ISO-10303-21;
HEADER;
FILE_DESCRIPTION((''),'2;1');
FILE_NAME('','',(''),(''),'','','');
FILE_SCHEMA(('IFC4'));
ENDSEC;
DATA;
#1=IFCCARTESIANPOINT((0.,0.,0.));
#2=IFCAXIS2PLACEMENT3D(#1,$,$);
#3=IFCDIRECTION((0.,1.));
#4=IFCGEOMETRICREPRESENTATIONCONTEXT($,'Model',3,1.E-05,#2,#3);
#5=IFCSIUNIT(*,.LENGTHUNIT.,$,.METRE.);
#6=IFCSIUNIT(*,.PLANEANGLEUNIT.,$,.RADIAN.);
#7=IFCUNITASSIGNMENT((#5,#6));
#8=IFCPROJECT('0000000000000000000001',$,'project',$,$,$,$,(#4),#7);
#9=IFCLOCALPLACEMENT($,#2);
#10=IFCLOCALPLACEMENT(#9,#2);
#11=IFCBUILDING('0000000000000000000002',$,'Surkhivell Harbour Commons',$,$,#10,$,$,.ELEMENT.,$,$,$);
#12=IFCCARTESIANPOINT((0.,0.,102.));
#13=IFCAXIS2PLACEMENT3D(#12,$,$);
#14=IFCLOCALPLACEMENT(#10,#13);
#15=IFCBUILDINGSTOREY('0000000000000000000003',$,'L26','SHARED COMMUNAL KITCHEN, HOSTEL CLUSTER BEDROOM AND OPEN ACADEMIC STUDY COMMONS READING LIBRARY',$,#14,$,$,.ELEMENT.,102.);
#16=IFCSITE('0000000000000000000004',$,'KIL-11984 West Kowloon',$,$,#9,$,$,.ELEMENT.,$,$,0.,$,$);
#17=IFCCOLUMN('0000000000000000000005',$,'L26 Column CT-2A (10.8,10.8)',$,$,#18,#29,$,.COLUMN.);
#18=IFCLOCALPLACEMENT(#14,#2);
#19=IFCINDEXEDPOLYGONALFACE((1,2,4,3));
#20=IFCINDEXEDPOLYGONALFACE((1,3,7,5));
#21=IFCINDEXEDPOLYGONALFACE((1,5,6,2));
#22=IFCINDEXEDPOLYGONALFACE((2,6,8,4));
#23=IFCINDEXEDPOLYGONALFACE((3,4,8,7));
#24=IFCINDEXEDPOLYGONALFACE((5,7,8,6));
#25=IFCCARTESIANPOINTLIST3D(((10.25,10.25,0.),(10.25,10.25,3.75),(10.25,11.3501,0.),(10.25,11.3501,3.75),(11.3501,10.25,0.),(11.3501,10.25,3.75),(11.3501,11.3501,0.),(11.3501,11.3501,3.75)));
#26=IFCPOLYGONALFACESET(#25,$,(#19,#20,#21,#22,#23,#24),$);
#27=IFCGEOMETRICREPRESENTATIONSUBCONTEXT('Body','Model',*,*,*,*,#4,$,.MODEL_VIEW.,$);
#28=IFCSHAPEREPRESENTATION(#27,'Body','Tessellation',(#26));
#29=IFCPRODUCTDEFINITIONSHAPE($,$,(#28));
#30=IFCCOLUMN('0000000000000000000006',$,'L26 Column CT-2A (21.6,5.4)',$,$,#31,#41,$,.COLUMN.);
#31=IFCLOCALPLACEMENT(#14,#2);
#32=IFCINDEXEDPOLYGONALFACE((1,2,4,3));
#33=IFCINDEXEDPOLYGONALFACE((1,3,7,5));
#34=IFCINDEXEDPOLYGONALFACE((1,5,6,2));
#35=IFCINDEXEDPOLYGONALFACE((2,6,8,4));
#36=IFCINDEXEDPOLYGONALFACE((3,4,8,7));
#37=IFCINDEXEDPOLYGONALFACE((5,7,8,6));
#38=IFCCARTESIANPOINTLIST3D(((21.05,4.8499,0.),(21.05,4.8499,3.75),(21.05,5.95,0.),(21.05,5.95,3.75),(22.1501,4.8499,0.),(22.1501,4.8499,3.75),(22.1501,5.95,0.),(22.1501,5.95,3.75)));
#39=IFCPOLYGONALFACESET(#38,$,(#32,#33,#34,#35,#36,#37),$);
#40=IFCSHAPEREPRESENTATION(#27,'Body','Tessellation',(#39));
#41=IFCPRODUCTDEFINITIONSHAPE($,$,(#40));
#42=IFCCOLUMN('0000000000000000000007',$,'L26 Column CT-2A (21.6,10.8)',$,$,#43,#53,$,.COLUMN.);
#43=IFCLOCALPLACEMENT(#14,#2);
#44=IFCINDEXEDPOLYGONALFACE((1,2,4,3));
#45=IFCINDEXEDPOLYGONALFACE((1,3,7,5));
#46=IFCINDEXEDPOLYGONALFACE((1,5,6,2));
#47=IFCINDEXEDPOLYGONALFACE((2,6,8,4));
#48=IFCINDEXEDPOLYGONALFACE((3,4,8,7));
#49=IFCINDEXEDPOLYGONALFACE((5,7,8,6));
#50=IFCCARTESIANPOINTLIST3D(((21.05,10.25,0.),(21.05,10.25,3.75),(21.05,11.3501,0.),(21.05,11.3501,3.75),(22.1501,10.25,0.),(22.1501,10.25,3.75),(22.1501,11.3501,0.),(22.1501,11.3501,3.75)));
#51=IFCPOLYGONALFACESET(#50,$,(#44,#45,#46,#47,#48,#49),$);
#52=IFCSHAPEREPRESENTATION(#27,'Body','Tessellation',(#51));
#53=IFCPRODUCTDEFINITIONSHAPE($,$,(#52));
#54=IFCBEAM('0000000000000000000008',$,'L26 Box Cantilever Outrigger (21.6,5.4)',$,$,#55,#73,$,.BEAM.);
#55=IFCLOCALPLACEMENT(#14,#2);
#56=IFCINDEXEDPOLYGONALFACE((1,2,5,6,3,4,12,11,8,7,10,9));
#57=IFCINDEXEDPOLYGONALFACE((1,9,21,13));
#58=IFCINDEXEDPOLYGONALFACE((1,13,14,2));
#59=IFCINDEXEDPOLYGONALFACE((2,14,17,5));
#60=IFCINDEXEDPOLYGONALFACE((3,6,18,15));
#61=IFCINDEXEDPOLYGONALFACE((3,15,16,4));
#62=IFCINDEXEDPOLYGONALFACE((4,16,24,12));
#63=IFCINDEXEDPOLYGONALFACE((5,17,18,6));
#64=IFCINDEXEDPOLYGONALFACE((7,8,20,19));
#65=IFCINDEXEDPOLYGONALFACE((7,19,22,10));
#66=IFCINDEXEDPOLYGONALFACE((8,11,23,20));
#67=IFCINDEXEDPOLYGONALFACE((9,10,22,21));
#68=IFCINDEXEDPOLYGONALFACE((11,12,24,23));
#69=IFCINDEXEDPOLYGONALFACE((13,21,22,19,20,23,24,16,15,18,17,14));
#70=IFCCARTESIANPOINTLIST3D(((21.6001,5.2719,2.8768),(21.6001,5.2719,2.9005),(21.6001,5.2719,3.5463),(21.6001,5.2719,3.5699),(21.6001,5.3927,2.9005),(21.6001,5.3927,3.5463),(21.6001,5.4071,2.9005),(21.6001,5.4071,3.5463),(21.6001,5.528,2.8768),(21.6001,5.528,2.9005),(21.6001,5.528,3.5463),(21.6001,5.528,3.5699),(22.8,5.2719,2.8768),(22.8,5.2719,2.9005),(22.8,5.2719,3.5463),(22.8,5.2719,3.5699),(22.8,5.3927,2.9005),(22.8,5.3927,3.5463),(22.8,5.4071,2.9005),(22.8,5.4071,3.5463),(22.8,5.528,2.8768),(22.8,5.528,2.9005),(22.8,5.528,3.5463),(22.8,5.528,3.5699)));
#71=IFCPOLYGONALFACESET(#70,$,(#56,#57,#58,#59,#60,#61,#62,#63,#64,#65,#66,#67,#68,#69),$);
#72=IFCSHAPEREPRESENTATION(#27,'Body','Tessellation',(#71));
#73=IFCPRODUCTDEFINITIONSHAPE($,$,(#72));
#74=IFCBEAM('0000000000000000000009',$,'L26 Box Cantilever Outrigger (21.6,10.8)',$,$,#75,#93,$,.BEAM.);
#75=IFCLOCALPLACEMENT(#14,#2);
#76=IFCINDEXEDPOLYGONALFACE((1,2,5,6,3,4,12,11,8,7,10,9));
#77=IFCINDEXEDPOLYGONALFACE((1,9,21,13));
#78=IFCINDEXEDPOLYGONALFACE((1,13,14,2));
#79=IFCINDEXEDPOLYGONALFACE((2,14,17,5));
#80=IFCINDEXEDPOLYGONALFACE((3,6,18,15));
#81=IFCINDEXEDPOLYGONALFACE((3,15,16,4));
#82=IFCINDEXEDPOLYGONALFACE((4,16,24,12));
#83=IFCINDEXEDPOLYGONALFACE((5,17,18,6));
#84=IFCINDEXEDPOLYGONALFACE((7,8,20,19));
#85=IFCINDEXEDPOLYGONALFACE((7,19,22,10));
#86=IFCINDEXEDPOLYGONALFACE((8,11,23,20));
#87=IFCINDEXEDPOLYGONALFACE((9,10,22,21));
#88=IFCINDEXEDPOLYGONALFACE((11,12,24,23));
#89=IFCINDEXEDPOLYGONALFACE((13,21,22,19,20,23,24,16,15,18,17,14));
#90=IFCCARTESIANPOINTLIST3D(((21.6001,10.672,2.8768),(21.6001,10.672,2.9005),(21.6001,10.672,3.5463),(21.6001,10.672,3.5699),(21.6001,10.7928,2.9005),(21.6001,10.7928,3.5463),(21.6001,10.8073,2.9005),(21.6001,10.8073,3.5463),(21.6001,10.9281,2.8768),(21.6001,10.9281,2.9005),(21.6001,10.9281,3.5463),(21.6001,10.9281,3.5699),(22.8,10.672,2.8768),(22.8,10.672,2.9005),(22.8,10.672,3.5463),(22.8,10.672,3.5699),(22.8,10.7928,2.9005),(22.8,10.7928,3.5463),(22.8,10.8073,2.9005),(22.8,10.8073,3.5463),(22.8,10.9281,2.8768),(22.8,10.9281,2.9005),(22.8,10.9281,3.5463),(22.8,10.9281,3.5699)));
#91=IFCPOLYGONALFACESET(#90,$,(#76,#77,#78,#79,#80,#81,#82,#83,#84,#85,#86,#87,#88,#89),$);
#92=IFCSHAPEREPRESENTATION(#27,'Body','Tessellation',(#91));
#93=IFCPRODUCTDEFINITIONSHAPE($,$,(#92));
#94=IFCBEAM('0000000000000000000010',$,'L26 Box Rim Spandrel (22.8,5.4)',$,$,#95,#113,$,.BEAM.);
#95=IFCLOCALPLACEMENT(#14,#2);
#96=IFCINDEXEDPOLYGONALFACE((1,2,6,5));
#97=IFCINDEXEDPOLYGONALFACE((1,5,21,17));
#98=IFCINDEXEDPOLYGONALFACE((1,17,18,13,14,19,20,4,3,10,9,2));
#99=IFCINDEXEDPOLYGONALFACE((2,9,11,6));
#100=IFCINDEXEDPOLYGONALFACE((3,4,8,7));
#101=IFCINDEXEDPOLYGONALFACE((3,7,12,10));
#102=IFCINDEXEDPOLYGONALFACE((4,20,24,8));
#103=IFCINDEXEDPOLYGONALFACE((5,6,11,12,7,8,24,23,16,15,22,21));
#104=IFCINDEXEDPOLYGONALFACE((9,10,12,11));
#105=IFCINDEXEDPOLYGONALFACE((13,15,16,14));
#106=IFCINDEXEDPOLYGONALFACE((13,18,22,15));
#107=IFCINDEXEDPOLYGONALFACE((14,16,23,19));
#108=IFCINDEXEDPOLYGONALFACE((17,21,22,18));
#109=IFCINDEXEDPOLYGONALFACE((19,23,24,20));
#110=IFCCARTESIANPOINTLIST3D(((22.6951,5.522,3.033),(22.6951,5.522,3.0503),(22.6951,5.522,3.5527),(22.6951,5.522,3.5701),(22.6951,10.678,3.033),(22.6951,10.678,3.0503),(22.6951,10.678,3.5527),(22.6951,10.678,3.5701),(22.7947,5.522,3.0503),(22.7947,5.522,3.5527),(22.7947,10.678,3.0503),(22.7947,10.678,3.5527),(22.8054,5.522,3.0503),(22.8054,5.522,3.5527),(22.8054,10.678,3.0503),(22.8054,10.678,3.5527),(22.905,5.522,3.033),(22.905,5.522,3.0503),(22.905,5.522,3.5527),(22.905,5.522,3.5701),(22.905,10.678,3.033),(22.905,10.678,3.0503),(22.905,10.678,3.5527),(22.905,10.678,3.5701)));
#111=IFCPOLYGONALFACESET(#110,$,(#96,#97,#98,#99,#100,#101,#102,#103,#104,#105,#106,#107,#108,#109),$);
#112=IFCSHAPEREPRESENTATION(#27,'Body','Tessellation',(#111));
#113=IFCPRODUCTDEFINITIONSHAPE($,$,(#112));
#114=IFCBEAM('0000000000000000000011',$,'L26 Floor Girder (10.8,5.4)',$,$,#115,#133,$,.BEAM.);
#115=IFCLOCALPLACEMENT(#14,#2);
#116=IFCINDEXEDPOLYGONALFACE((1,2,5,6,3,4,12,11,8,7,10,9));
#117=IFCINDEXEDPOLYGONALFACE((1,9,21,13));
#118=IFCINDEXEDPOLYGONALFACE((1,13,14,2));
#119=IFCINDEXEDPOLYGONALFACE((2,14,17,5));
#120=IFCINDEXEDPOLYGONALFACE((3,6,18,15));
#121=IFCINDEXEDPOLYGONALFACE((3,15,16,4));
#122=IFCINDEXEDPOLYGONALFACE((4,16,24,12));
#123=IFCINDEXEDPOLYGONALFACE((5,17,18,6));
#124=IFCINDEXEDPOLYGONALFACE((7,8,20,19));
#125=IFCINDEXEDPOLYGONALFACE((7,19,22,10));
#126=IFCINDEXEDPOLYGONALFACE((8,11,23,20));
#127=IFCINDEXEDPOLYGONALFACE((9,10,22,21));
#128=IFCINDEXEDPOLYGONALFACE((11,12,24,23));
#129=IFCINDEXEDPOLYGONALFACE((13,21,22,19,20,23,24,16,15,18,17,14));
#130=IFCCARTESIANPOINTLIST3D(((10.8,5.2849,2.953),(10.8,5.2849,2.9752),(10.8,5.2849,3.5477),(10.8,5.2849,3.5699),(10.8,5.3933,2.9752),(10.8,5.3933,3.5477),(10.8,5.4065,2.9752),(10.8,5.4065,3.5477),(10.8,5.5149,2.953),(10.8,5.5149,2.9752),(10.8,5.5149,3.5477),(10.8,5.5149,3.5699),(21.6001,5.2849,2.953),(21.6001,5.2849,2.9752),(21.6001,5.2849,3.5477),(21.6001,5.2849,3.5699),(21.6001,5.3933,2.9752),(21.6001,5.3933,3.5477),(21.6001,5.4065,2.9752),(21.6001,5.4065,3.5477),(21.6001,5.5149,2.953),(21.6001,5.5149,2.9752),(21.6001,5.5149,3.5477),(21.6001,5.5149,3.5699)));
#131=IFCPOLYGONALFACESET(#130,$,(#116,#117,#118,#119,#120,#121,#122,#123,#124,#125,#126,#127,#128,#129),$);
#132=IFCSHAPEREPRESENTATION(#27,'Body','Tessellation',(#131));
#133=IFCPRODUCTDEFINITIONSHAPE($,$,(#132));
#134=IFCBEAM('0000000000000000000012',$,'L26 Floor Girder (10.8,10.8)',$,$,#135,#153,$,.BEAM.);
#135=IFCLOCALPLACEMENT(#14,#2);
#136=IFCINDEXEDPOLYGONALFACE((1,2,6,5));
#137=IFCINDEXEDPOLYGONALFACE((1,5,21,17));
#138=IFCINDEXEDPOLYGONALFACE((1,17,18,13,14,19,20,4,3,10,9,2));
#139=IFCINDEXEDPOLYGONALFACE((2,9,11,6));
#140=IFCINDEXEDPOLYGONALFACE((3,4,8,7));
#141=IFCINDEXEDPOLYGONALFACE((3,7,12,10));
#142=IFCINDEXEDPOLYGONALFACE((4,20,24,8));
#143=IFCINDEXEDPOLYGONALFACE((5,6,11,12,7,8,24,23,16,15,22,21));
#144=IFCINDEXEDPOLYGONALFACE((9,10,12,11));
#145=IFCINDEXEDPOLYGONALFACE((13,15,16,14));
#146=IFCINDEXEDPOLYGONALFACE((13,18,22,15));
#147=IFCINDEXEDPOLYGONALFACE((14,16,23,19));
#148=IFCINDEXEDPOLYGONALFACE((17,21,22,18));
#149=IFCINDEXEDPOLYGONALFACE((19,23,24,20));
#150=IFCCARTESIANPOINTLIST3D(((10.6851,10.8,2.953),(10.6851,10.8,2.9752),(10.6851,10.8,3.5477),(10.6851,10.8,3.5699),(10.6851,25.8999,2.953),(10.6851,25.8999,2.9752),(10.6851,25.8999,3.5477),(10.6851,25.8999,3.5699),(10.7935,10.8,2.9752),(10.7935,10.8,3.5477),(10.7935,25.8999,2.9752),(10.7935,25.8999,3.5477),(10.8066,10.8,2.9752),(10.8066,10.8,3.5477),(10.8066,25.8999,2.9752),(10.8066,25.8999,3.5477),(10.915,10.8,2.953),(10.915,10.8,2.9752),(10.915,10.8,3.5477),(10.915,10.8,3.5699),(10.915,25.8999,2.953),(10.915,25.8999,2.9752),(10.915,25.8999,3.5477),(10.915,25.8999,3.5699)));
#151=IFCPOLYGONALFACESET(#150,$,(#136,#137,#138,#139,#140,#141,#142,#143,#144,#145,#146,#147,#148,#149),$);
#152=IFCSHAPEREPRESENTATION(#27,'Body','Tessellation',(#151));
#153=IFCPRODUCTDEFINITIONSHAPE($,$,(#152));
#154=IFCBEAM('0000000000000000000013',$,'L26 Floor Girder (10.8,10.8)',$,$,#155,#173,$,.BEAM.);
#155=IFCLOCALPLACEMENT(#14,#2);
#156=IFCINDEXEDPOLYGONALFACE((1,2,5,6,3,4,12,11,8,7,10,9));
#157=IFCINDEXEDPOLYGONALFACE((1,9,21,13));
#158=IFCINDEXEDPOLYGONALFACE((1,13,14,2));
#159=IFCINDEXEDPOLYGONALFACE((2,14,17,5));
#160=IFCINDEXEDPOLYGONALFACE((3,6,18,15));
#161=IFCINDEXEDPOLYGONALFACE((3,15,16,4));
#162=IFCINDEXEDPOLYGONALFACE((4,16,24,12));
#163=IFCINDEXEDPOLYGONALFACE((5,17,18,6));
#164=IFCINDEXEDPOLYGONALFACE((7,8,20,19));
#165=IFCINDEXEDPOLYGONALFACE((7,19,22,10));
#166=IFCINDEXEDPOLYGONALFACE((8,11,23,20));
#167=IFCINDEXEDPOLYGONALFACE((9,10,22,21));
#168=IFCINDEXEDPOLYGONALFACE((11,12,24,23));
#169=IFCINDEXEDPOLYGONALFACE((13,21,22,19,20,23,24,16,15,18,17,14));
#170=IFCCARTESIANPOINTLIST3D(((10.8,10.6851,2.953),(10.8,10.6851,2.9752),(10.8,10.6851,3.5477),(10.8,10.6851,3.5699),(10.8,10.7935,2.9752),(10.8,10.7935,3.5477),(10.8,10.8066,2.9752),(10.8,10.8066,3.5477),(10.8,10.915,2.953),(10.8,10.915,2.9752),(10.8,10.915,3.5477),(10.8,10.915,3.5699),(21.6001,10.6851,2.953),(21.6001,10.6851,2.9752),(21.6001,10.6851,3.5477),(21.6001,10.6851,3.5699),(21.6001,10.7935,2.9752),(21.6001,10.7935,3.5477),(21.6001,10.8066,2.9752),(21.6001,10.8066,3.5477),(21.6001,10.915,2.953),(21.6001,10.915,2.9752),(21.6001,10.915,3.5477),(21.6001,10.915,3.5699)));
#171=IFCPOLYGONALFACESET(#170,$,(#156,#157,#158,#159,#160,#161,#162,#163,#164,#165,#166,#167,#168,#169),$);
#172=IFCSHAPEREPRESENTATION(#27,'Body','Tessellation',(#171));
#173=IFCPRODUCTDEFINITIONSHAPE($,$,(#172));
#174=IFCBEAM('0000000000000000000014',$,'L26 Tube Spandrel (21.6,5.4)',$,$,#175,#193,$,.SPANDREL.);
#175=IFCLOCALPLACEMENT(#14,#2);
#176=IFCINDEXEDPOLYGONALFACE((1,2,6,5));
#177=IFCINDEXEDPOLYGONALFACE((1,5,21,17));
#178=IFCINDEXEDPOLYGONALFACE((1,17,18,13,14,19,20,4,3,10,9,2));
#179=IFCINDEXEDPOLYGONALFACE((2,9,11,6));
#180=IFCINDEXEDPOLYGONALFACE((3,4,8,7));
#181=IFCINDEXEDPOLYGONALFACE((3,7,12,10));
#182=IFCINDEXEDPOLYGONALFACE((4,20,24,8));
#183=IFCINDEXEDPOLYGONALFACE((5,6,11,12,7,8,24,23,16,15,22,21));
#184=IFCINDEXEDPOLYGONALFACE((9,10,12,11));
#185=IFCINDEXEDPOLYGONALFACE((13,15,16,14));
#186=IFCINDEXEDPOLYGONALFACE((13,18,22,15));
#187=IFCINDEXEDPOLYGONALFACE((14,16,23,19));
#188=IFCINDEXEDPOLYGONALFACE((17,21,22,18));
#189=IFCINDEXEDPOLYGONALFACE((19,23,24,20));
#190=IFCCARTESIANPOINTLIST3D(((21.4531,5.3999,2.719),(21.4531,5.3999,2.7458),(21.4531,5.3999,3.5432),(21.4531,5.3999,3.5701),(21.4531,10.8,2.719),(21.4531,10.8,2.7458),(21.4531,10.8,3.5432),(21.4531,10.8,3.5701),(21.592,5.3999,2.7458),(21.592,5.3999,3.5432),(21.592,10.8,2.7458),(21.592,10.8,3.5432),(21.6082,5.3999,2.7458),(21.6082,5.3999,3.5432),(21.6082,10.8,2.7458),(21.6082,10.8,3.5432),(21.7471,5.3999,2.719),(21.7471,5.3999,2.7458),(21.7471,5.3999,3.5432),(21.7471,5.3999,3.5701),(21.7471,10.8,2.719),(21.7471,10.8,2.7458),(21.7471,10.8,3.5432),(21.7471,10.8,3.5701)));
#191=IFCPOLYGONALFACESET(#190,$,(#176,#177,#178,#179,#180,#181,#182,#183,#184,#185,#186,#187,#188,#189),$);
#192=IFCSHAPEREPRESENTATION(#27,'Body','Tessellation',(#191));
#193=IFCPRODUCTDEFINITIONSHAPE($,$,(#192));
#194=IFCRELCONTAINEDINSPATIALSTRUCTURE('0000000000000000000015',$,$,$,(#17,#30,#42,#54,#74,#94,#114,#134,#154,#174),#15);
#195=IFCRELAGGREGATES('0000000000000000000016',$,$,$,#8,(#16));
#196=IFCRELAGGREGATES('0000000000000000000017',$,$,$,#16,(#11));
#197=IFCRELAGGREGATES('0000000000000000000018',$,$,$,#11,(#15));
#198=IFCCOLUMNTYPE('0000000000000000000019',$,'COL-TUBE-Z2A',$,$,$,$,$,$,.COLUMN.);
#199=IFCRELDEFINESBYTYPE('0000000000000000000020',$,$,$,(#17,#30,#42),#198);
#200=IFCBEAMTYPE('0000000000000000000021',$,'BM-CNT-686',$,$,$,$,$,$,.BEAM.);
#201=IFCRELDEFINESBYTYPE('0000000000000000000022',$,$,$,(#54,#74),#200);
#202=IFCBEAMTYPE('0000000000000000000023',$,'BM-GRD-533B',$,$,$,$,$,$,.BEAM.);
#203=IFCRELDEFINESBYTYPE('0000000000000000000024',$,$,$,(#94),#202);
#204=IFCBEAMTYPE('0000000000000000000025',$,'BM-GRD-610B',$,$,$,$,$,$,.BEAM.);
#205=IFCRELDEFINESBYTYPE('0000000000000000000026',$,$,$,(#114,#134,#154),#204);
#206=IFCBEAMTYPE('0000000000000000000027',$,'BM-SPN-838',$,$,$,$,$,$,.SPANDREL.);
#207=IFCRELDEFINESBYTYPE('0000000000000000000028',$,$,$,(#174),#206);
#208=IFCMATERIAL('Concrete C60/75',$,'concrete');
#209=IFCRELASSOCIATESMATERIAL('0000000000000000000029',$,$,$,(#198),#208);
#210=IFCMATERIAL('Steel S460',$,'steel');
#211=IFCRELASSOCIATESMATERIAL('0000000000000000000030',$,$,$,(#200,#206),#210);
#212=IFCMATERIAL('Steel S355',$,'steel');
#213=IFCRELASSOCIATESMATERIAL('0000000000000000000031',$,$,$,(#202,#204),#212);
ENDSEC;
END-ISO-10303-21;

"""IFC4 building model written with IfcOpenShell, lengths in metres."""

from ifc_helpers import new_model, si_unit, direction, frame, origin, origin_2d, place, context, subcontext, project, spatial, rectangle, i_section, extrude, material, material_profile, profile_set, type_object, element, save


model = new_model("IFC4")

# Units and contexts
model_context = context("Model", 3, precision=1e-05, world=origin(), true_north=direction((0.0, 1.0)))
body_context = subcontext(model_context, "Body", "Model", "MODEL_VIEW")
ifc_project = project(units=[si_unit("LENGTHUNIT", "METRE"), si_unit("PLANEANGLEUNIT", "RADIAN")], contexts=[model_context])

# Site, building, storey
site_placement = place(None, origin())
site = spatial("IfcSite", under=ifc_project, at=site_placement, Name="KIL-11984 West Kowloon", CompositionType="ELEMENT", RefElevation=0.0)
building_placement = place(site_placement, origin())
building = spatial("IfcBuilding", under=site, at=building_placement, Name="Surkhivell Harbour Commons", CompositionType="ELEMENT")
storey_placement = place(building_placement, frame((0.0, 0.0, 102.0)))
storey = spatial("IfcBuildingStorey", under=building, at=storey_placement, Name="L26", Description="SHARED COMMUNAL KITCHEN, HOSTEL CLUSTER BEDROOM AND OPEN ACADEMIC STUDY COMMONS READING LIBRARY", CompositionType="ELEMENT", Elevation=102.0)

# Columns
ifc_material_1 = material(Name="Concrete C60/75", Category="concrete")
ifc_material_profile_1 = material_profile(ifc_material_1, rectangle(XDim=1.1001, YDim=1.1001, at=origin_2d()), Name="RC-COL-1100x1100")
ifc_profile_set_1 = profile_set([ifc_material_profile_1], Name="Concrete C60/75")
column_type = type_object("IfcColumnType", Name="COL-TUBE-Z2A", PredefinedType="COLUMN", material=ifc_profile_set_1)
for number, where, z_axis, x_axis, name in (
    (1, (10.8, 10.8, 0.0), (0.0, 0.0, 1.0), (1.0, 0.0, 0.0), "L26 Column CT-2A (10.8,10.8)"),
    (2, (21.6001, 5.3999, 0.0), (0.0, 0.0, 1.0), (1.0, 0.0, 0.0), "L26 Column CT-2A (21.6,5.4)"),
    (3, (21.6001, 10.8, 0.0), (0.0, 0.0, 1.0), (1.0, 0.0, 0.0), "L26 Column CT-2A (21.6,10.8)"),
):
    element("IfcColumn", number, at=place(storey_placement, frame(where, z_axis=z_axis, x_axis=x_axis)), inside=storey, type_object=column_type, Name=name, PredefinedType="COLUMN", context=body_context, shape_type="SweptSolid", body=[
        extrude(rectangle(XDim=1.1001, YDim=1.1001, at=origin_2d()), origin(), (0.0, 0.0, 1.0), 3.75),
    ])

# Beams
ifc_material_2 = material(Name="Steel S460", Category="steel")
ifc_material_profile_2 = material_profile(ifc_material_2, i_section(OverallWidth=0.2561, OverallDepth=0.6931, WebThickness=0.0144, FlangeThickness=0.0237, at=origin_2d()), Name="UB686x254x170")
ifc_profile_set_2 = profile_set([ifc_material_profile_2], Name="Steel S460")
beam_type_1 = type_object("IfcBeamType", Name="BM-CNT-686", PredefinedType="BEAM", material=ifc_profile_set_2)
for number, where, z_axis, x_axis, name in (
    (4, (21.6001, 5.3999, 3.2234), (1.0, 0.0, 0.0), (0.0, 1.0, 0.0), "L26 Box Cantilever Outrigger (21.6,5.4)"),
    (5, (21.6001, 10.8, 3.2234), (1.0, 0.0, 0.0), (0.0, 1.0, 0.0), "L26 Box Cantilever Outrigger (21.6,10.8)"),
):
    element("IfcBeam", number, at=place(storey_placement, frame(where, z_axis=z_axis, x_axis=x_axis)), inside=storey, type_object=beam_type_1, Name=name, PredefinedType="BEAM", context=body_context, shape_type="SweptSolid", body=[
        extrude(i_section(OverallWidth=0.2561, OverallDepth=0.6931, WebThickness=0.0144, FlangeThickness=0.0237, at=origin_2d()), origin(), (0.0, 0.0, 1.0), 1.2),
    ])
ifc_material_3 = material(Name="Steel S355", Category="steel")
ifc_material_profile_3 = material_profile(ifc_material_3, i_section(OverallWidth=0.21, OverallDepth=0.5371, WebThickness=0.0107, FlangeThickness=0.0173, at=origin_2d()), Name="UB533x210x101")
ifc_profile_set_3 = profile_set([ifc_material_profile_3], Name="Steel S355")
beam_type_2 = type_object("IfcBeamType", Name="BM-GRD-533B", PredefinedType="BEAM", material=ifc_profile_set_3)
beam_1_placement = place(storey_placement, frame((22.8, 5.522, 3.3015), z_axis=(0.0, 1.0, 0.0), x_axis=(-1.0, 0.0, 0.0)))
element("IfcBeam", 6, at=beam_1_placement, inside=storey, type_object=beam_type_2, Name="L26 Box Rim Spandrel (22.8,5.4)", PredefinedType="BEAM", context=body_context, shape_type="SweptSolid", body=[
    extrude(i_section(OverallWidth=0.21, OverallDepth=0.5371, WebThickness=0.0107, FlangeThickness=0.0173, at=origin_2d()), origin(), (0.0, 0.0, 1.0), 5.156),
])
ifc_material_profile_4 = material_profile(ifc_material_3, i_section(OverallWidth=0.23, OverallDepth=0.6169, WebThickness=0.0132, FlangeThickness=0.0222, at=origin_2d()), Name="UB610x229x140")
ifc_profile_set_4 = profile_set([ifc_material_profile_4], Name="Steel S355")
beam_type_3 = type_object("IfcBeamType", Name="BM-GRD-610B", PredefinedType="BEAM", material=ifc_profile_set_4)
beam_2_placement = place(storey_placement, frame((10.8, 5.3999, 3.2615), z_axis=(1.0, 0.0, 0.0), x_axis=(0.0, 1.0, 0.0)))
element("IfcBeam", 7, at=beam_2_placement, inside=storey, type_object=beam_type_3, Name="L26 Floor Girder (10.8,5.4)", PredefinedType="BEAM", context=body_context, shape_type="SweptSolid", body=[
    extrude(i_section(OverallWidth=0.23, OverallDepth=0.6169, WebThickness=0.0132, FlangeThickness=0.0222, at=origin_2d()), origin(), (0.0, 0.0, 1.0), 10.8),
])
beam_3_placement = place(storey_placement, frame((10.8, 10.8, 3.2615), z_axis=(0.0, 1.0, 0.0), x_axis=(-1.0, 0.0, 0.0)))
element("IfcBeam", 8, at=beam_3_placement, inside=storey, type_object=beam_type_3, Name="L26 Floor Girder (10.8,10.8)", PredefinedType="BEAM", context=body_context, shape_type="SweptSolid", body=[
    extrude(i_section(OverallWidth=0.23, OverallDepth=0.6169, WebThickness=0.0132, FlangeThickness=0.0222, at=origin_2d()), origin(), (0.0, 0.0, 1.0), 15.0999),
])
beam_4_placement = place(storey_placement, frame((10.8, 10.8, 3.2615), z_axis=(1.0, 0.0, 0.0), x_axis=(0.0, 1.0, 0.0)))
element("IfcBeam", 9, at=beam_4_placement, inside=storey, type_object=beam_type_3, Name="L26 Floor Girder (10.8,10.8)", PredefinedType="BEAM", context=body_context, shape_type="SweptSolid", body=[
    extrude(i_section(OverallWidth=0.23, OverallDepth=0.6169, WebThickness=0.0132, FlangeThickness=0.0222, at=origin_2d()), origin(), (0.0, 0.0, 1.0), 10.8),
])
ifc_material_profile_5 = material_profile(ifc_material_2, i_section(OverallWidth=0.2939, OverallDepth=0.8511, WebThickness=0.0161, FlangeThickness=0.0269, at=origin_2d()), Name="UB838x292x226")
ifc_profile_set_5 = profile_set([ifc_material_profile_5], Name="Steel S460")
beam_type_4 = type_object("IfcBeamType", Name="BM-SPN-838", PredefinedType="SPANDREL", material=ifc_profile_set_5)
beam_5_placement = place(storey_placement, frame((21.6001, 5.3999, 3.1445), z_axis=(0.0, 1.0, 0.0), x_axis=(-1.0, 0.0, 0.0)))
element("IfcBeam", 10, at=beam_5_placement, inside=storey, type_object=beam_type_4, Name="L26 Tube Spandrel (21.6,5.4)", PredefinedType="SPANDREL", context=body_context, shape_type="SweptSolid", body=[
    extrude(i_section(OverallWidth=0.2939, OverallDepth=0.8511, WebThickness=0.0161, FlangeThickness=0.0269, at=origin_2d()), origin(), (0.0, 0.0, 1.0), 5.4001),
])

save(model, "model.ifc")
